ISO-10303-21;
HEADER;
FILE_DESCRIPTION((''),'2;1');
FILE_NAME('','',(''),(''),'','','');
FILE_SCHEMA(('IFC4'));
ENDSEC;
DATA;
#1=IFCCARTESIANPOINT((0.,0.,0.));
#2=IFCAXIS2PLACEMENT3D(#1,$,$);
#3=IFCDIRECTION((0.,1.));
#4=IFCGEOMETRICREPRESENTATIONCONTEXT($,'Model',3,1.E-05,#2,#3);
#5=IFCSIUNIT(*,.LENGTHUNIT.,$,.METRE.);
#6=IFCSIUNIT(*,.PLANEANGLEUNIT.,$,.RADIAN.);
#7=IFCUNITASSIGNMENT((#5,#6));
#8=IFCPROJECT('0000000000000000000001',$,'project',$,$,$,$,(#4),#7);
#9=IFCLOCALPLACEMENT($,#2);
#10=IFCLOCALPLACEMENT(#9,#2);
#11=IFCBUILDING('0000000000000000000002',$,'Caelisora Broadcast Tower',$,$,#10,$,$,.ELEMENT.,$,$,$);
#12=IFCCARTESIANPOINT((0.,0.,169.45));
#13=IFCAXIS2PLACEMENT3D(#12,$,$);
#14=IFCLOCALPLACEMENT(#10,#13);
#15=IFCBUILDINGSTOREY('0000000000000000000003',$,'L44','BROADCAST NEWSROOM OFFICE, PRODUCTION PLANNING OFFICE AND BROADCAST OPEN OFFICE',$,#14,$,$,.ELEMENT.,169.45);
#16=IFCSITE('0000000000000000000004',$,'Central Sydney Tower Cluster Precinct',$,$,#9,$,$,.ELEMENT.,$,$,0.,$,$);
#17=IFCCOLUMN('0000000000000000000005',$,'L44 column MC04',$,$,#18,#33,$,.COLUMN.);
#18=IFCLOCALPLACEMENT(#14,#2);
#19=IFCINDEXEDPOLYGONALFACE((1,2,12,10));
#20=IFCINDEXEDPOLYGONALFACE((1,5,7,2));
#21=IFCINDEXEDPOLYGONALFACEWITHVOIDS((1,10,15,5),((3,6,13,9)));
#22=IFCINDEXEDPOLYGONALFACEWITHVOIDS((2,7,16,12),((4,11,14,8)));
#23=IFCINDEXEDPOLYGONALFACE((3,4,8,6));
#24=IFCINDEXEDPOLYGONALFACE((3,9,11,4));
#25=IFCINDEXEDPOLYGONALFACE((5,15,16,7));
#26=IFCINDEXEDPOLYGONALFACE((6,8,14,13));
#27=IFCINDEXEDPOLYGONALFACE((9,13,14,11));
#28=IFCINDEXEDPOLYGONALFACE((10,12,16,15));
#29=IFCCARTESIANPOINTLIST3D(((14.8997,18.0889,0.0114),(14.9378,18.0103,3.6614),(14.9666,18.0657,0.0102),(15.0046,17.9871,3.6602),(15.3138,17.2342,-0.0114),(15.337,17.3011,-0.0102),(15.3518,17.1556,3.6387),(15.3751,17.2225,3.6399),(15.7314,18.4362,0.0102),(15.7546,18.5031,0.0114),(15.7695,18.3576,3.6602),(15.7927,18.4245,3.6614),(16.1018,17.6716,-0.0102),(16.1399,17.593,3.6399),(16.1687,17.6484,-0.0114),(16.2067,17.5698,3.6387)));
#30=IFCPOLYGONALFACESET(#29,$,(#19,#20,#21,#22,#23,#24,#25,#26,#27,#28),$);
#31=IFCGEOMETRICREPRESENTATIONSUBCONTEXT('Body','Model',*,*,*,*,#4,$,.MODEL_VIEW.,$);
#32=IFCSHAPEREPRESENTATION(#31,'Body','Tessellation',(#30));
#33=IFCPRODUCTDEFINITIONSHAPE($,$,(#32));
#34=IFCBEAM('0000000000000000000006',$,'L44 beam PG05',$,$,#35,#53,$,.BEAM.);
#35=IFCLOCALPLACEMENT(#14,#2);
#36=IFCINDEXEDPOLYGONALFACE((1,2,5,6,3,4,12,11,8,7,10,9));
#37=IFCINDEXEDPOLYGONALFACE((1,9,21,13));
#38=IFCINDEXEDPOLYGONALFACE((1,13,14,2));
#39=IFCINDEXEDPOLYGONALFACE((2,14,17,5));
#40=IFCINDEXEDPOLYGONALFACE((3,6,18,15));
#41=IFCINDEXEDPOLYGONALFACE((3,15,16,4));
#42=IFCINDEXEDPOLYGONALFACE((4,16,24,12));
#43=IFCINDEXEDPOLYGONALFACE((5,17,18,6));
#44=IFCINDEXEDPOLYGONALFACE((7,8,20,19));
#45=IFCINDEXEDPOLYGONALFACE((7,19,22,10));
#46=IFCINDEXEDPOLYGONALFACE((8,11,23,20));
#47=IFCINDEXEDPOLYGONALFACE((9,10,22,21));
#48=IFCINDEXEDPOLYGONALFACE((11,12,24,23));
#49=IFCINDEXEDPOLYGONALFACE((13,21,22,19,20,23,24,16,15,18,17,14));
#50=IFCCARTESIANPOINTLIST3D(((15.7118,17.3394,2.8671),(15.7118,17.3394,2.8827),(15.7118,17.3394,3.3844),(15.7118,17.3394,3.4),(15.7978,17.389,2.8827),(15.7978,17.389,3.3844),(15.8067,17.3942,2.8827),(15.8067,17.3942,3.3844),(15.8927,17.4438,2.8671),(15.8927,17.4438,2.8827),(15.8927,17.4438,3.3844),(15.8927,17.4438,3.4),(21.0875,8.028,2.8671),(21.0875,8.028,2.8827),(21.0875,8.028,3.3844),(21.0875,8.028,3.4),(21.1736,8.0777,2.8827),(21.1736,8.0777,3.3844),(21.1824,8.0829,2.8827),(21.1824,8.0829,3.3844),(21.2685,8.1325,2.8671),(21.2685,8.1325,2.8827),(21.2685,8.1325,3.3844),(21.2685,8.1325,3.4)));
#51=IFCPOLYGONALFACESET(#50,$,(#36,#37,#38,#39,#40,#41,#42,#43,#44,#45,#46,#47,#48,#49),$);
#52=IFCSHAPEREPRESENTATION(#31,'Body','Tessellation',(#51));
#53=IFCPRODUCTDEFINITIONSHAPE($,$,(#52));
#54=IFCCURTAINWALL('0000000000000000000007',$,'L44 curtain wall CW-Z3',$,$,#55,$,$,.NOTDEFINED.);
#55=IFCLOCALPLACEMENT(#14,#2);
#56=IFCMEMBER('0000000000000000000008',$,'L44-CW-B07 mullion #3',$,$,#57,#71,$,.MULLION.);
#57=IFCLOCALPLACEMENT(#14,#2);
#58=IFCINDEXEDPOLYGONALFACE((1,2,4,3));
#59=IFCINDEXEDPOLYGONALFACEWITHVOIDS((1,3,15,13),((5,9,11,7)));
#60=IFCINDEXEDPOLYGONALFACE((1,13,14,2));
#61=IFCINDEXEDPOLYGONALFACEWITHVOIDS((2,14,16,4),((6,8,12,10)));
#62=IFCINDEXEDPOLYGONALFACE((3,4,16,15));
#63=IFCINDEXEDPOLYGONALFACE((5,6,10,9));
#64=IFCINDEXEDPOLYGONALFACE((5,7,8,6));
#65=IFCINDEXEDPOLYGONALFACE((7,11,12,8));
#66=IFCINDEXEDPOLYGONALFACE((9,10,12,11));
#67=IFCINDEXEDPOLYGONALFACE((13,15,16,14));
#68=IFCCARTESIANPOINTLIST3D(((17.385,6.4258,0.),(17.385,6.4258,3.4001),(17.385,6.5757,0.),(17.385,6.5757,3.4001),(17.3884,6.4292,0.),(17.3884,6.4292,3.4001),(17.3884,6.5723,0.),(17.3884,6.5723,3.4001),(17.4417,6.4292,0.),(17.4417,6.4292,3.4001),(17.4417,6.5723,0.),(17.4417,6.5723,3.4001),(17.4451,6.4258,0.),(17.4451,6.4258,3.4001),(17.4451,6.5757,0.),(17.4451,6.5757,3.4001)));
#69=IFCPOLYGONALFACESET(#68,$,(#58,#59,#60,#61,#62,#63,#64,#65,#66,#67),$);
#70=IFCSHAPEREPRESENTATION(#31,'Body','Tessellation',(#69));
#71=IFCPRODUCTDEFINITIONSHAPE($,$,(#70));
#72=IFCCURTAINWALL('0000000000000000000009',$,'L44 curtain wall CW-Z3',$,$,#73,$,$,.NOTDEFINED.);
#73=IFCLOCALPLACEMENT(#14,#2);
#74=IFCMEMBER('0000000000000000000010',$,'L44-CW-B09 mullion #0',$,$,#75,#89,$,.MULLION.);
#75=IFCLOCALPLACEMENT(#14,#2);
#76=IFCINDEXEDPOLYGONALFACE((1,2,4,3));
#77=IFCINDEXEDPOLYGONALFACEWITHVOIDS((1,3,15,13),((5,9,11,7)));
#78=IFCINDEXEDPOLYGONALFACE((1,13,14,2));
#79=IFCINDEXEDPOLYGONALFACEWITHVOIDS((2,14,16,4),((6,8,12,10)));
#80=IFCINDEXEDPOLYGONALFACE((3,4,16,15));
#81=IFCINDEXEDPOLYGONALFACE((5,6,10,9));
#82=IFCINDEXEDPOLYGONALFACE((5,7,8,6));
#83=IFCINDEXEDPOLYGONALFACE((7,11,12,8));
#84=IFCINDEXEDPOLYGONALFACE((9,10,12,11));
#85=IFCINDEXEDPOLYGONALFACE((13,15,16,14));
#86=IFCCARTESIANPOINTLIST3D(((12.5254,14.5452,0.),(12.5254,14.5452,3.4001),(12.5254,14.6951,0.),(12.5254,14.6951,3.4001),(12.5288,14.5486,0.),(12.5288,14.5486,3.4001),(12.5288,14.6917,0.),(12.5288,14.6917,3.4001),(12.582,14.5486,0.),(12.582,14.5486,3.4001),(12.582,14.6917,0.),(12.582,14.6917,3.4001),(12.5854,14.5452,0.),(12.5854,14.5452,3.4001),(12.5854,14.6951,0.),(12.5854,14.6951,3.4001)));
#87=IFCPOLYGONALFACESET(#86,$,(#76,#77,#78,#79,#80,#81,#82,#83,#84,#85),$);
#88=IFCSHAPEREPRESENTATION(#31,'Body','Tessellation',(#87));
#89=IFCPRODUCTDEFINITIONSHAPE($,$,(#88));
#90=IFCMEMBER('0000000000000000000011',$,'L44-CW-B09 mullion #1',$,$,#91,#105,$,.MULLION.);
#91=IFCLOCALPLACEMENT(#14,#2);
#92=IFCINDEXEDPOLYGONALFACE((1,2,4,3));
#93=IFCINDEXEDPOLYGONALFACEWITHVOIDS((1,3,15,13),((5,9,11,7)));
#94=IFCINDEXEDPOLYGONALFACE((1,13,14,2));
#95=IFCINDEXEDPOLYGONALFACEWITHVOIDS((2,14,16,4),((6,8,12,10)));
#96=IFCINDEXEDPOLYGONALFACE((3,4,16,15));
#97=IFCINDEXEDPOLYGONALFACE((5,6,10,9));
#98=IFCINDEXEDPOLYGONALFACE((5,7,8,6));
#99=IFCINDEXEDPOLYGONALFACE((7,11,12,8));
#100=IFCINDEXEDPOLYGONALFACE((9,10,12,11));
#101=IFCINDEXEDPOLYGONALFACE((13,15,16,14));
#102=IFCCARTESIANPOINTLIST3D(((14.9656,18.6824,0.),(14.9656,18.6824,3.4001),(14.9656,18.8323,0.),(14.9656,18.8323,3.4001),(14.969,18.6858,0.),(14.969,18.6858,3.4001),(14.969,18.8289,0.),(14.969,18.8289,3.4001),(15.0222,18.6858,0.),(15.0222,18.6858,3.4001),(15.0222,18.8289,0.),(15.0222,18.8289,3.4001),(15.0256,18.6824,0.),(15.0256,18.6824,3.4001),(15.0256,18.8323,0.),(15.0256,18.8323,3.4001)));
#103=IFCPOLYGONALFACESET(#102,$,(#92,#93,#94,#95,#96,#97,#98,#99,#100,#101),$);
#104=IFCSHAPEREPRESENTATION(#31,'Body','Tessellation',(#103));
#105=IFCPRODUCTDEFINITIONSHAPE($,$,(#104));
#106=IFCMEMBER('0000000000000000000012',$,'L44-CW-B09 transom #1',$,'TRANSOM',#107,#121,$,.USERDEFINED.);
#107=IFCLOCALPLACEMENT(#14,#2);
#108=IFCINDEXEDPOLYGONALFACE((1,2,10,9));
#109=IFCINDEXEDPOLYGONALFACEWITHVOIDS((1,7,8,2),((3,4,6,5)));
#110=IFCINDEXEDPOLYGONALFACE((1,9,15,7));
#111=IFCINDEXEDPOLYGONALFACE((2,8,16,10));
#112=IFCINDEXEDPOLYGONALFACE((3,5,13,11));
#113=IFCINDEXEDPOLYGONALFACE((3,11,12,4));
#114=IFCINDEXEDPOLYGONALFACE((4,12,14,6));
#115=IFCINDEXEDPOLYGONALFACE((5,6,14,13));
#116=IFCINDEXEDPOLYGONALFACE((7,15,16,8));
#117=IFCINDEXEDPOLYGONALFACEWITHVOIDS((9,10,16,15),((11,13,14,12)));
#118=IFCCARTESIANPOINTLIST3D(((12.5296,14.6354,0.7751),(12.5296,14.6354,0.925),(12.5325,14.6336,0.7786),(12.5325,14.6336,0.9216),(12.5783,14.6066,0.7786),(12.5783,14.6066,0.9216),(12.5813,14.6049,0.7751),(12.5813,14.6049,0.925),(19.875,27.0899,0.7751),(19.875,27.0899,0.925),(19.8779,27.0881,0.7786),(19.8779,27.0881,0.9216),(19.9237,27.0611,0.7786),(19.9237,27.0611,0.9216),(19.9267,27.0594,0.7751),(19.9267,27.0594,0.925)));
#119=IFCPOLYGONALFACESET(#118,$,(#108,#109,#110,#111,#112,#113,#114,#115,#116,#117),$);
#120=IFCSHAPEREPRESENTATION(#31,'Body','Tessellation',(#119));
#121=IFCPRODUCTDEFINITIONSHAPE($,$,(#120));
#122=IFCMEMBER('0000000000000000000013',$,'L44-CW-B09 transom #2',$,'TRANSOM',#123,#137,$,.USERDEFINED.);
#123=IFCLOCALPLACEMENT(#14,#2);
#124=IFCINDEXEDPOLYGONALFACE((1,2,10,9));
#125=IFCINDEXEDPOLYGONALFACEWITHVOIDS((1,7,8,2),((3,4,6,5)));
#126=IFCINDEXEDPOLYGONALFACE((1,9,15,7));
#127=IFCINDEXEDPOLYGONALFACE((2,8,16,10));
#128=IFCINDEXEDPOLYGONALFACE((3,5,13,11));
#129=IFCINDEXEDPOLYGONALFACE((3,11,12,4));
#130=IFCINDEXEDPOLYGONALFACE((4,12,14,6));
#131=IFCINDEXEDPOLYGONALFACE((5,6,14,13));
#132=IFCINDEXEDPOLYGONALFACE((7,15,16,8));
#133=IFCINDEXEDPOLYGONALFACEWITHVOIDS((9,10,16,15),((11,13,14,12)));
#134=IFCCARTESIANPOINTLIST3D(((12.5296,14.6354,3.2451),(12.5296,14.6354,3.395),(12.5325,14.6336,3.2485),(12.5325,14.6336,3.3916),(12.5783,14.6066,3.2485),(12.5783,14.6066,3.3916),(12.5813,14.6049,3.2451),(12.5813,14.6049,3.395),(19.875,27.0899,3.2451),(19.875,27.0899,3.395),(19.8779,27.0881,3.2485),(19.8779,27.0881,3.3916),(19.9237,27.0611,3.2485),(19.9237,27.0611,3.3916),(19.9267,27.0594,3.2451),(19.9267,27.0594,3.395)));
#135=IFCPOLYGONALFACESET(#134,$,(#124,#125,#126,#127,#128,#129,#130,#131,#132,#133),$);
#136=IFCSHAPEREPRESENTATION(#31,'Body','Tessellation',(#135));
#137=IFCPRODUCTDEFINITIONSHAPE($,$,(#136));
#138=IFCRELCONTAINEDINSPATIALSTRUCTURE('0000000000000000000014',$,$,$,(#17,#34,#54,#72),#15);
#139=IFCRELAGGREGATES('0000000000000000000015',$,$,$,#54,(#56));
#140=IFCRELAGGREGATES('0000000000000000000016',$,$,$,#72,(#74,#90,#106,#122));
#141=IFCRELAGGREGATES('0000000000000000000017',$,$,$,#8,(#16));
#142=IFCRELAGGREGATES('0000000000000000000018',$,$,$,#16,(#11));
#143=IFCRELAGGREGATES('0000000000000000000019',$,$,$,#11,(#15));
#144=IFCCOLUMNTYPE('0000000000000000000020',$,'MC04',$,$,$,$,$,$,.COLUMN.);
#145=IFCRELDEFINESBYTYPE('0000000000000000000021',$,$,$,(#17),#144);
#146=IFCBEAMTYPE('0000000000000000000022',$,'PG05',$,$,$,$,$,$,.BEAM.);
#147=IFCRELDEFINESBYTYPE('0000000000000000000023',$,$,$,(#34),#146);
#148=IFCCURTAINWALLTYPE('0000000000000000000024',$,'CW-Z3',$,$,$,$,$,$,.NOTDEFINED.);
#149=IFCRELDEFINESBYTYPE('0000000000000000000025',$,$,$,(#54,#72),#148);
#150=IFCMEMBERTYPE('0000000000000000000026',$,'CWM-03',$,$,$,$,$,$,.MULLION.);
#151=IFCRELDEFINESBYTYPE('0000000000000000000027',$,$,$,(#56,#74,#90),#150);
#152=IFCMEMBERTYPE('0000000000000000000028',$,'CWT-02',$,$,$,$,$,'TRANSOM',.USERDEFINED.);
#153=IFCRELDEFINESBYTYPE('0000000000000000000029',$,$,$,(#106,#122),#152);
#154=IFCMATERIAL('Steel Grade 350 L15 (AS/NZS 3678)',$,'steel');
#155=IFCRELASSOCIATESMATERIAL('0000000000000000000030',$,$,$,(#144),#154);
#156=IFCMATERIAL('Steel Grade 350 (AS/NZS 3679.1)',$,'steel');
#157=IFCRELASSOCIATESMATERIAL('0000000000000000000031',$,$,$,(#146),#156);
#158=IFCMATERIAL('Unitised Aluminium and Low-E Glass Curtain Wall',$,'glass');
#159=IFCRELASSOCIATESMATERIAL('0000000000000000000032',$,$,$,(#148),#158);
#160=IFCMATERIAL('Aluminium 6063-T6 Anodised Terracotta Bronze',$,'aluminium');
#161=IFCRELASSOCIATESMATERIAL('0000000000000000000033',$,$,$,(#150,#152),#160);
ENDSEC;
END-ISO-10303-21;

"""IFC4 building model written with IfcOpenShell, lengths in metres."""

from ifc_helpers import new_model, si_unit, direction, frame, origin, origin_2d, place, context, subcontext, project, spatial, hollow_rectangle, i_section, extrude, source, transform, mapped, material, material_profile, profile_set, type_object, type_shapes, element, aggregate, save


model = new_model("IFC4")

# Units and contexts
model_context = context("Model", 3, precision=1e-05, world=origin(), true_north=direction((0.0, 1.0)))
body_context = subcontext(model_context, "Body", "Model", "MODEL_VIEW")
ifc_project = project(units=[si_unit("LENGTHUNIT", "METRE"), si_unit("PLANEANGLEUNIT", "RADIAN")], contexts=[model_context])

# Site, building, storey
site_placement = place(None, origin())
site = spatial("IfcSite", under=ifc_project, at=site_placement, Name="Central Sydney Tower Cluster Precinct", CompositionType="ELEMENT", RefElevation=0.0)
building_placement = place(site_placement, origin())
building = spatial("IfcBuilding", under=site, at=building_placement, Name="Caelisora Broadcast Tower", CompositionType="ELEMENT")
storey_placement = place(building_placement, frame((0.0, 0.0, 169.45)))
storey = spatial("IfcBuildingStorey", under=building, at=storey_placement, Name="L44", Description="BROADCAST NEWSROOM OFFICE, PRODUCTION PLANNING OFFICE AND BROADCAST OPEN OFFICE", CompositionType="ELEMENT", Elevation=169.45)

# Column
ifc_material_1 = material(Name="Steel Grade 350 L15 (AS/NZS 3678)", Category="steel")
ifc_material_profile_1 = material_profile(ifc_material_1, hollow_rectangle(XDim=0.95, YDim=0.95, WallThickness=0.05, at=origin_2d()), Name="Steel Grade 350 L15 (AS/NZS 3678)")
ifc_profile_set_1 = profile_set([ifc_material_profile_1], Name="Steel Grade 350 L15 (AS/NZS 3678)")
column_type = type_object("IfcColumnType", Name="MC04", PredefinedType="COLUMN", material=ifc_profile_set_1)
shared_shape_1 = source(origin(), body_context, "Body", "SweptSolid", [
    extrude(hollow_rectangle(XDim=0.95, YDim=0.95, WallThickness=0.05, at=origin_2d()), origin(), (0.0, 0.0, 1.0), 3.6511),
])
type_shapes(column_type, [shared_shape_1])
column_placement = place(storey_placement, frame((15.5342, 17.8687, 0.0), z_axis=(0.010431, -0.021531, 0.999714), x_axis=(0.899947, 0.435999, 0.0)))
element("IfcColumn", 1, at=column_placement, inside=storey, type_object=column_type, Name="L44 column MC04", PredefinedType="COLUMN", context=body_context, shape_type="MappedRepresentation", body=[
    mapped(shared_shape_1, transform((0.0, 0.0, 0.0), scale=1.0)),
])

# Beam
ifc_material_2 = material(Name="Steel Grade 350 (AS/NZS 3679.1)", Category="steel")
ifc_material_profile_2 = material_profile(ifc_material_2, i_section(OverallWidth=0.209, OverallDepth=0.533, WebThickness=0.0103, FlangeThickness=0.0156, at=origin_2d()), Name="Steel Grade 350 (AS/NZS 3679.1)")
ifc_profile_set_2 = profile_set([ifc_material_profile_2], Name="Steel Grade 350 (AS/NZS 3679.1)")
beam_type = type_object("IfcBeamType", Name="PG05", PredefinedType="BEAM", material=ifc_profile_set_2)
shared_shape_2 = source(origin(), body_context, "Body", "SweptSolid", [
    extrude(i_section(OverallWidth=0.209, OverallDepth=0.533, WebThickness=0.0103, FlangeThickness=0.0156, at=origin_2d()), origin(), (0.0, 0.0, 1.0), 10.7517),
])
type_shapes(beam_type, [shared_shape_2])
beam_placement = place(storey_placement, frame((15.8022, 17.3916, 3.1335), z_axis=(0.49999, -0.866031, 0.0), x_axis=(0.866031, 0.49999, 0.0)))
element("IfcBeam", 2, at=beam_placement, inside=storey, type_object=beam_type, Name="L44 beam PG05", PredefinedType="BEAM", context=body_context, shape_type="MappedRepresentation", body=[
    mapped(shared_shape_2, transform((0.0, 0.0, 0.0), scale=1.0)),
])

# Curtain wall, member
ifc_material_3 = material(Name="Unitised Aluminium and Low-E Glass Curtain Wall", Category="glass")
curtain_wall_type = type_object("IfcCurtainWallType", Name="CW-Z3", PredefinedType="NOTDEFINED", material=ifc_material_3)
curtain_wall_1_placement = place(storey_placement, origin())
curtain_wall_1 = element("IfcCurtainWall", 3, at=curtain_wall_1_placement, inside=storey, type_object=curtain_wall_type, Name="L44 curtain wall CW-Z3", PredefinedType="NOTDEFINED")
ifc_material_4 = material(Name="Aluminium 6063-T6 Anodised Terracotta Bronze", Category="aluminium")
ifc_material_profile_3 = material_profile(ifc_material_4, hollow_rectangle(XDim=0.0601, YDim=0.1499, WallThickness=0.0034, at=origin_2d()), Name="Aluminium 6063-T6 Anodised Terracotta Bronze")
ifc_profile_set_3 = profile_set([ifc_material_profile_3], Name="Aluminium 6063-T6 Anodised Terracotta Bronze")
member_type_1 = type_object("IfcMemberType", Name="CWM-03", PredefinedType="MULLION", material=ifc_profile_set_3)
shared_shape_3 = source(origin(), body_context, "Body", "SweptSolid", [
    extrude(hollow_rectangle(XDim=0.0601, YDim=0.1499, WallThickness=0.0034, at=origin_2d()), origin(), (0.0, 0.0, 1.0), 3.4001),
])
type_shapes(member_type_1, [shared_shape_3])
member_1_placement = place(storey_placement, frame((17.415, 6.5007, 0.0), z_axis=(0.0, 0.0, 1.0), x_axis=(1.0, 0.0, 0.0)))
member_1 = element("IfcMember", 4, at=member_1_placement, type_object=member_type_1, Name="L44-CW-B07 mullion #3", PredefinedType="MULLION", context=body_context, shape_type="MappedRepresentation", body=[
    mapped(shared_shape_3, transform((0.0, 0.0, 0.0), scale=1.0)),
])
aggregate(curtain_wall_1, [member_1])

# Curtain wall, members
curtain_wall_2_placement = place(storey_placement, origin())
curtain_wall_2 = element("IfcCurtainWall", 5, at=curtain_wall_2_placement, inside=storey, type_object=curtain_wall_type, Name="L44 curtain wall CW-Z3", PredefinedType="NOTDEFINED")
member_2_placement = place(storey_placement, frame((12.5554, 14.6201, 0.0), z_axis=(0.0, 0.0, 1.0), x_axis=(1.0, 0.0, 0.0)))
member_2 = element("IfcMember", 6, at=member_2_placement, type_object=member_type_1, Name="L44-CW-B09 mullion #0", PredefinedType="MULLION", context=body_context, shape_type="MappedRepresentation", body=[
    mapped(shared_shape_3, transform((0.0, 0.0, 0.0), scale=1.0)),
])
member_3_placement = place(storey_placement, frame((14.9956, 18.7573, 0.0), z_axis=(0.0, 0.0, 1.0), x_axis=(1.0, 0.0, 0.0)))
member_3 = element("IfcMember", 7, at=member_3_placement, type_object=member_type_1, Name="L44-CW-B09 mullion #1", PredefinedType="MULLION", context=body_context, shape_type="MappedRepresentation", body=[
    mapped(shared_shape_3, transform((0.0, 0.0, 0.0), scale=1.0)),
])
ifc_material_profile_4 = material_profile(ifc_material_4, hollow_rectangle(XDim=0.0601, YDim=0.1499, WallThickness=0.0034, at=origin_2d()), Name="Aluminium 6063-T6 Anodised Terracotta Bronze")
ifc_profile_set_4 = profile_set([ifc_material_profile_4], Name="Aluminium 6063-T6 Anodised Terracotta Bronze")
member_type_2 = type_object("IfcMemberType", Name="CWT-02", ElementType="TRANSOM", PredefinedType="USERDEFINED", material=ifc_profile_set_4)
shared_shape_4 = source(origin(), body_context, "Body", "SweptSolid", [
    extrude(hollow_rectangle(XDim=0.0601, YDim=0.1499, WallThickness=0.0034, at=origin_2d()), origin(), (0.0, 0.0, 1.0), 14.4592),
])
type_shapes(member_type_2, [shared_shape_4])
member_4_placement = place(storey_placement, frame((12.5554, 14.6201, 0.8501), z_axis=(0.508008, 0.861352, 0.0), x_axis=(-0.861352, 0.508008, 0.0)))
member_4 = element("IfcMember", 8, at=member_4_placement, type_object=member_type_2, Name="L44-CW-B09 transom #1", ObjectType="TRANSOM", PredefinedType="USERDEFINED", context=body_context, shape_type="MappedRepresentation", body=[
    mapped(shared_shape_4, transform((0.0, 0.0, 0.0), scale=1.0)),
])
member_5_placement = place(storey_placement, frame((12.5554, 14.6201, 3.3201), z_axis=(0.508008, 0.861352, 0.0), x_axis=(-0.861352, 0.508008, 0.0)))
member_5 = element("IfcMember", 9, at=member_5_placement, type_object=member_type_2, Name="L44-CW-B09 transom #2", ObjectType="TRANSOM", PredefinedType="USERDEFINED", context=body_context, shape_type="MappedRepresentation", body=[
    mapped(shared_shape_4, transform((0.0, 0.0, 0.0), scale=1.0)),
])

aggregate(curtain_wall_2, [member_2, member_3, member_4, member_5])

save(model, "model.ifc")
